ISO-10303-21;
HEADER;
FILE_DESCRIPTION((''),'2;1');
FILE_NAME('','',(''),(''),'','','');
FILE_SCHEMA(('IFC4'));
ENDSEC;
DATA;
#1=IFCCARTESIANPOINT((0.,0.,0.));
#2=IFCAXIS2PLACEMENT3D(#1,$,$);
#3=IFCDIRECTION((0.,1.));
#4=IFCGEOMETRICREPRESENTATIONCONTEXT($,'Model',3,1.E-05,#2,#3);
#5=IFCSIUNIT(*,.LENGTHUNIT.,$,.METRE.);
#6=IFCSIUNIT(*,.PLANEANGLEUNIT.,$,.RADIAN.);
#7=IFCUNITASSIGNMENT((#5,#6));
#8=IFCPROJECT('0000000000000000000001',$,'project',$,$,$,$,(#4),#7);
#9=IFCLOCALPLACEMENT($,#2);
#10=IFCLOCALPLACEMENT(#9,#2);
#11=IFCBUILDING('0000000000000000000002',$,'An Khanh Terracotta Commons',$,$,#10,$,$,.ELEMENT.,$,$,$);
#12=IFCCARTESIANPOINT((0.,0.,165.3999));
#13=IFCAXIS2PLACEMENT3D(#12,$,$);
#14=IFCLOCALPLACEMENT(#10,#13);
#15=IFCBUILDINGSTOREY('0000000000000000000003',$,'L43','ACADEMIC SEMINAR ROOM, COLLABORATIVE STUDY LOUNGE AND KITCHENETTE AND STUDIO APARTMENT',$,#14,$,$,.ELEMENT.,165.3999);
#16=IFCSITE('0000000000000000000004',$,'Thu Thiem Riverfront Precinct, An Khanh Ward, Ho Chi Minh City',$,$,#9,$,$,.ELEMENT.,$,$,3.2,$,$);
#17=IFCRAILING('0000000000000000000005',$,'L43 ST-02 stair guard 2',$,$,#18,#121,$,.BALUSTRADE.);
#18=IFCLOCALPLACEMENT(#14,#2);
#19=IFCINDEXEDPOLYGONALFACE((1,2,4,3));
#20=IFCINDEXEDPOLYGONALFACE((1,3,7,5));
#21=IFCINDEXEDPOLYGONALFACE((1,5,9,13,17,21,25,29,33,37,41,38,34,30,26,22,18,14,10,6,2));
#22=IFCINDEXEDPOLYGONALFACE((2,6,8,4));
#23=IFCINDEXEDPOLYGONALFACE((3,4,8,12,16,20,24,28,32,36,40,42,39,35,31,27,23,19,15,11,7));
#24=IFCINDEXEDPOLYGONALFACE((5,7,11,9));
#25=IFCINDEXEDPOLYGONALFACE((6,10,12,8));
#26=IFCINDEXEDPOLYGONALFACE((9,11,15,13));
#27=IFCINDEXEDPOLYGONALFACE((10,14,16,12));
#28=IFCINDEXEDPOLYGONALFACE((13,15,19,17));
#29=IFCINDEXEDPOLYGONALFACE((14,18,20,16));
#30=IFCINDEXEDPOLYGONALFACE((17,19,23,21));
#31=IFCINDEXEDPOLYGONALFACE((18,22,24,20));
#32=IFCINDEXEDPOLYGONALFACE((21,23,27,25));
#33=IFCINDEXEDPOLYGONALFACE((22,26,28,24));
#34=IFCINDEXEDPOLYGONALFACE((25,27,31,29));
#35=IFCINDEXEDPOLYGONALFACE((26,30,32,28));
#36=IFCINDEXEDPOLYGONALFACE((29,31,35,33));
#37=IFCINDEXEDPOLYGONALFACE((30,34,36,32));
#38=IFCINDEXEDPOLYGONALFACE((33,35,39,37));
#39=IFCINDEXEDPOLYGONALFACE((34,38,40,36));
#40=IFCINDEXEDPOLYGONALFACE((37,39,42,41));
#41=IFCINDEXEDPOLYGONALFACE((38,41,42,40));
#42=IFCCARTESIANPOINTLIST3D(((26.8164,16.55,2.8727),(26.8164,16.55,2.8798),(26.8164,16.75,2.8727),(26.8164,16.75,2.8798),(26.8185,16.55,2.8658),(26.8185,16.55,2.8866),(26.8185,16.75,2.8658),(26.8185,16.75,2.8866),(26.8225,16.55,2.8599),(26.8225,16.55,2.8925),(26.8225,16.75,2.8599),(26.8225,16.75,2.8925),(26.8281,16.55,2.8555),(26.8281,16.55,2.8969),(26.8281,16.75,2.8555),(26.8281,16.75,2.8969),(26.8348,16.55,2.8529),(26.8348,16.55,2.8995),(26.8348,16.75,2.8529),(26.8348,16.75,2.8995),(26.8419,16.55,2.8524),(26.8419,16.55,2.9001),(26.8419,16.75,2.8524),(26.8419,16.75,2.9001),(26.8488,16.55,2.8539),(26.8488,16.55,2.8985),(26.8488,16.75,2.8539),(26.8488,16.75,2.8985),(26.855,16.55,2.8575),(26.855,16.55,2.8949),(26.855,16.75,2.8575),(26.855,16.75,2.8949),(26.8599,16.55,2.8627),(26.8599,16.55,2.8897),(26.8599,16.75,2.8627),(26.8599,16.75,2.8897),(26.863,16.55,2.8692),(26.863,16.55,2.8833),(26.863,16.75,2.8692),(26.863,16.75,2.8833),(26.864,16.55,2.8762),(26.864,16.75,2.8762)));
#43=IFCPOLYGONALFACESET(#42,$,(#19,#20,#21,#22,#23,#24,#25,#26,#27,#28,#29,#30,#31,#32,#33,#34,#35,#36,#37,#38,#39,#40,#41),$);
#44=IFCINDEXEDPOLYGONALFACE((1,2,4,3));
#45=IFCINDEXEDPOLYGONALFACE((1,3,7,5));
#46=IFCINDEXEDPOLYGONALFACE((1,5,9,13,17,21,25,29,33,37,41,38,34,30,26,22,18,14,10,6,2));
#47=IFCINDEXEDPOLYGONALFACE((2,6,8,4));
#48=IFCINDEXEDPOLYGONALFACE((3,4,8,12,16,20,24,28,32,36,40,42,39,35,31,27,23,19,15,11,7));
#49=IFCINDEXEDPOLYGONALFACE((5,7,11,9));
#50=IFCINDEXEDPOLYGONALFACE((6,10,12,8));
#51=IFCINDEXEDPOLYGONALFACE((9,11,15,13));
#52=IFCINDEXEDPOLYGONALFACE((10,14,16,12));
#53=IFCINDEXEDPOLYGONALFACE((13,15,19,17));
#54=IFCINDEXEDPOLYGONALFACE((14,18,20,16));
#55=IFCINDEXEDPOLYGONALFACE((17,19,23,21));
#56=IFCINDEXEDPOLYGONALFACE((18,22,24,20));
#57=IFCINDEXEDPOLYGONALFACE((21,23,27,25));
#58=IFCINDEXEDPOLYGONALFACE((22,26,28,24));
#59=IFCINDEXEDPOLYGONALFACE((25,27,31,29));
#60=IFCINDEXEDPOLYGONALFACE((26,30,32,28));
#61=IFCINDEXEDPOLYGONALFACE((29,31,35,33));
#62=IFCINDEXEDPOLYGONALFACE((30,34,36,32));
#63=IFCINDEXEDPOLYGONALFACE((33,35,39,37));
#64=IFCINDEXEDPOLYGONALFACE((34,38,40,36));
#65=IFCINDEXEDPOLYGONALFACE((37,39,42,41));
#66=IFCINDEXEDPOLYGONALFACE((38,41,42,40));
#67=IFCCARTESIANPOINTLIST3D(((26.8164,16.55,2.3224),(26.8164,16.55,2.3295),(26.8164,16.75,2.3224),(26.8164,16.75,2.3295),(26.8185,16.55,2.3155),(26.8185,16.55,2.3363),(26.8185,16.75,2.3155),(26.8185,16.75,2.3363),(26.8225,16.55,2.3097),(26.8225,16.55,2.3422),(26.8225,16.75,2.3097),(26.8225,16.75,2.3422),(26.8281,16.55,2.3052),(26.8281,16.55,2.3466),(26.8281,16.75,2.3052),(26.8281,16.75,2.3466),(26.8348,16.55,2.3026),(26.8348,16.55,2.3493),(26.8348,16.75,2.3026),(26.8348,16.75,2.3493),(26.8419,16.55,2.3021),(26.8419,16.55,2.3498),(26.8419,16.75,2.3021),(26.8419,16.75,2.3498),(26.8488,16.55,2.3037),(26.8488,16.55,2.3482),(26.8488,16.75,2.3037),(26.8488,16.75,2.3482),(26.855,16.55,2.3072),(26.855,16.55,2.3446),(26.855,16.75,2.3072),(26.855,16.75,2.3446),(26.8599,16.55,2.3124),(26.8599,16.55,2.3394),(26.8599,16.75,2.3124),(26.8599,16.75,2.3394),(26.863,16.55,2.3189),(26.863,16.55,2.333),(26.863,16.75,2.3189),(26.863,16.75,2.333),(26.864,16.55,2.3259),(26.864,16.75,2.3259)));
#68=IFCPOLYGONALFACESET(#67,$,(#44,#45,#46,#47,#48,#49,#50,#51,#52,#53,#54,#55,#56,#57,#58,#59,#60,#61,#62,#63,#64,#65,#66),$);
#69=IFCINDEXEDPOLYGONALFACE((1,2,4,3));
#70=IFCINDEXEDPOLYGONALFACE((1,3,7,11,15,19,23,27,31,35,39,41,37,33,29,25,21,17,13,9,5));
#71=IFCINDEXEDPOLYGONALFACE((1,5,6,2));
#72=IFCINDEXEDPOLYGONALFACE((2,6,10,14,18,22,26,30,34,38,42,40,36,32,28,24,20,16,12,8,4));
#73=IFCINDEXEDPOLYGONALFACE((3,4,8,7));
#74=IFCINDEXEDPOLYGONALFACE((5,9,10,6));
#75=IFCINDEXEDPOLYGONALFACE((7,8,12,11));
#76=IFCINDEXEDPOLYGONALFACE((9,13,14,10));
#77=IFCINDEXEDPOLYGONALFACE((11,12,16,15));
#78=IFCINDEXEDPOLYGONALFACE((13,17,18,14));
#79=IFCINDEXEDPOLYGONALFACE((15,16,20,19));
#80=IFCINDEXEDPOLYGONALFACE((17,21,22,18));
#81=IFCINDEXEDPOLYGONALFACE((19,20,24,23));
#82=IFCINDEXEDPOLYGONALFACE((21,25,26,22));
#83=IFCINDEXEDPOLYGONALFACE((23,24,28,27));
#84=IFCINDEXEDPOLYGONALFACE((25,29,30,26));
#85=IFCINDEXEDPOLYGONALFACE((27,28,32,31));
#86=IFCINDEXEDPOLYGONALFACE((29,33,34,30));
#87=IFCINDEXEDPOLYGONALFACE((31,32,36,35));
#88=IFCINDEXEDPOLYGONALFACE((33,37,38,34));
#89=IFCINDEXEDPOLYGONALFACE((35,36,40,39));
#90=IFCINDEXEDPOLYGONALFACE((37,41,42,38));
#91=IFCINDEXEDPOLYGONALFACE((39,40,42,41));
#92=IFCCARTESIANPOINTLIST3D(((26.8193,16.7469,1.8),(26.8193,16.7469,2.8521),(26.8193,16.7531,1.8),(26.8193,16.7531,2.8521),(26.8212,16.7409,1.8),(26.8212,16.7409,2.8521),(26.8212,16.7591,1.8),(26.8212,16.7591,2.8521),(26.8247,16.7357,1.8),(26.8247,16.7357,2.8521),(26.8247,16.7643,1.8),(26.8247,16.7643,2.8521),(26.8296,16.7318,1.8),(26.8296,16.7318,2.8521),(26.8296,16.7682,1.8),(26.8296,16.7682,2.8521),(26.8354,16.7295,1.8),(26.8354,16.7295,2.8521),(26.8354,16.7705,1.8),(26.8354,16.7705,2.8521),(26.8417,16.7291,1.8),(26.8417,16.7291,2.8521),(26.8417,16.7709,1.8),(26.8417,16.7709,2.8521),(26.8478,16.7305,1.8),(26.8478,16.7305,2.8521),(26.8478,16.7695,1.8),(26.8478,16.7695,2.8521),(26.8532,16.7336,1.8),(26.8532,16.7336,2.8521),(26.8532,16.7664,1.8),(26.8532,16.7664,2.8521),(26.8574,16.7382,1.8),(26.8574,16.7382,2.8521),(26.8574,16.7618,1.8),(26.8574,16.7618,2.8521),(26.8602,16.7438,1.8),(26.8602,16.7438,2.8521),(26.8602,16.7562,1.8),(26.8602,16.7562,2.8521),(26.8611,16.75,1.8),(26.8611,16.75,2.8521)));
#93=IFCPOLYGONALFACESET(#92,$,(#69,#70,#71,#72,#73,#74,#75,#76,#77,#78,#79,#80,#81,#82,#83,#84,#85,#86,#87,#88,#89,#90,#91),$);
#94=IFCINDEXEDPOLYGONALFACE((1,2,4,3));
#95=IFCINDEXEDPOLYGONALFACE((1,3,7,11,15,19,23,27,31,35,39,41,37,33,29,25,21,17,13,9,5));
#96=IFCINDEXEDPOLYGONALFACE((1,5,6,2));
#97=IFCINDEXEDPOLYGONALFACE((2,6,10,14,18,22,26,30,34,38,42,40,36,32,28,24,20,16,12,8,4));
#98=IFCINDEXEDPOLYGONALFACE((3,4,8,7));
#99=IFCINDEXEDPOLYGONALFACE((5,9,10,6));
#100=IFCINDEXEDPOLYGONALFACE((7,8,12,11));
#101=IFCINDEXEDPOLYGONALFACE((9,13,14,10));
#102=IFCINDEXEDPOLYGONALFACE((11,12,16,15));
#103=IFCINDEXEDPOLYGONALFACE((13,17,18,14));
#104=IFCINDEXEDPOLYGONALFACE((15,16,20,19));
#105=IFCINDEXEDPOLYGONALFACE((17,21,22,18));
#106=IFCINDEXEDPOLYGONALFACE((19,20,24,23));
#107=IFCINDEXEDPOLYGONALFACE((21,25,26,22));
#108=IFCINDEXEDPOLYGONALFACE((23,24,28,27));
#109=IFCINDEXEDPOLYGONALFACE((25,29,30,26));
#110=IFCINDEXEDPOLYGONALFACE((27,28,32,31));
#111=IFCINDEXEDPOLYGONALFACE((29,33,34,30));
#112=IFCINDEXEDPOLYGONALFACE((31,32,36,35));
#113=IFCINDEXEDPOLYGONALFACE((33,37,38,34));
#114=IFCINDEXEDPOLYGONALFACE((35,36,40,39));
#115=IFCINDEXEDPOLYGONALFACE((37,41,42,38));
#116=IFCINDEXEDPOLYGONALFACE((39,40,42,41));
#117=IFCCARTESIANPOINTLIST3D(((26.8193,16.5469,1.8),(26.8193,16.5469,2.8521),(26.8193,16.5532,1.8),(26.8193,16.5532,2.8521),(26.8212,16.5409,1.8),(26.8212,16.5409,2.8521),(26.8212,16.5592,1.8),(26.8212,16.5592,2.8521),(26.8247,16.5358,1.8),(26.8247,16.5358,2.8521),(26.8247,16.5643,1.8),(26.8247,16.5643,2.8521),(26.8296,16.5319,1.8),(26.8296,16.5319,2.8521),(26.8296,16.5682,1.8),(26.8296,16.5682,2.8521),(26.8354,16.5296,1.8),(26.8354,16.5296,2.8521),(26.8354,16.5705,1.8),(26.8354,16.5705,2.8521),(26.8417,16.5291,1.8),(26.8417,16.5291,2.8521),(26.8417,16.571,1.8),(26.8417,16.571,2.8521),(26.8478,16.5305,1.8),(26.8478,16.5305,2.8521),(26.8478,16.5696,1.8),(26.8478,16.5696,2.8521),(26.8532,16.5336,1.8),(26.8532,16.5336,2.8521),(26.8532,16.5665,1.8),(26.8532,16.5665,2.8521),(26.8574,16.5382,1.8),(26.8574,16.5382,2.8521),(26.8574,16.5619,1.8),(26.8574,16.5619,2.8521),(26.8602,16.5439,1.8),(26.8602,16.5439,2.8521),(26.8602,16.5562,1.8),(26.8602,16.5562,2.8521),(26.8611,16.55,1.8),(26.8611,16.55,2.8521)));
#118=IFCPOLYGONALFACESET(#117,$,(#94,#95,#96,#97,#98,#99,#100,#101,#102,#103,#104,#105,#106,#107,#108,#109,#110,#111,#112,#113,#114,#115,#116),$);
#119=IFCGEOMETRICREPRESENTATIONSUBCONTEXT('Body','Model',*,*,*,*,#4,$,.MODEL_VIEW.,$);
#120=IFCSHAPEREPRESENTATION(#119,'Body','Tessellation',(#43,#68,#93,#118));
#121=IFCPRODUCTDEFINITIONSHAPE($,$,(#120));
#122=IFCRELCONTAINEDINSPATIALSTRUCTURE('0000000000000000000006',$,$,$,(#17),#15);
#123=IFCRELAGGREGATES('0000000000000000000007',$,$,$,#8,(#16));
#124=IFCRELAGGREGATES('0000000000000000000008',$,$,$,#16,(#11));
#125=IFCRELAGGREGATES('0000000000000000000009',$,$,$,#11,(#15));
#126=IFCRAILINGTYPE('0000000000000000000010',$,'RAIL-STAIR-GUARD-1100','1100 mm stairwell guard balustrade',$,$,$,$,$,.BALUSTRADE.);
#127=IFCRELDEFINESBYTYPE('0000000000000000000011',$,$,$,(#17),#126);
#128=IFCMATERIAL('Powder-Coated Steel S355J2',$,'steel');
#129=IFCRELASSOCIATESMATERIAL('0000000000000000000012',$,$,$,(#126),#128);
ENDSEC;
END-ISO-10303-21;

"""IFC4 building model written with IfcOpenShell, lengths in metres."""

from ifc_helpers import new_model, si_unit, direction, frame, origin, origin_2d, place, context, subcontext, project, spatial, circle, extrude, material, type_object, element, save


model = new_model("IFC4")

# Units and contexts
model_context = context("Model", 3, precision=1e-05, world=origin(), true_north=direction((0.0, 1.0)))
body_context = subcontext(model_context, "Body", "Model", "MODEL_VIEW")
ifc_project = project(units=[si_unit("LENGTHUNIT", "METRE"), si_unit("PLANEANGLEUNIT", "RADIAN")], contexts=[model_context])

# Site, building, storey
site_placement = place(None, origin())
site = spatial("IfcSite", under=ifc_project, at=site_placement, Name="Thu Thiem Riverfront Precinct, An Khanh Ward, Ho Chi Minh City", CompositionType="ELEMENT", RefElevation=3.2)
building_placement = place(site_placement, origin())
building = spatial("IfcBuilding", under=site, at=building_placement, Name="An Khanh Terracotta Commons", CompositionType="ELEMENT")
storey_placement = place(building_placement, frame((0.0, 0.0, 165.3999)))
storey = spatial("IfcBuildingStorey", under=building, at=storey_placement, Name="L43", Description="ACADEMIC SEMINAR ROOM, COLLABORATIVE STUDY LOUNGE AND KITCHENETTE AND STUDIO APARTMENT", CompositionType="ELEMENT", Elevation=165.3999)

# Railing
ifc_material_1 = material(Name="Powder-Coated Steel S355J2", Category="steel")
railing_type_1 = type_object("IfcRailingType", Name="RAIL-STAIR-GUARD-1100", Description="1100 mm stairwell guard balustrade", PredefinedType="BALUSTRADE", material=ifc_material_1)
railing_1_placement = place(storey_placement, frame((26.8401, 16.75, 1.8)))
element("IfcRailing", 1, at=railing_1_placement, inside=storey, type_object=railing_type_1, Name="L43 ST-02 stair guard 2", PredefinedType="BALUSTRADE", context=body_context, shape_type="SweptSolid", body=[
    extrude(circle(Radius=0.0239, at=origin_2d()), frame((0.0, 0.0, 1.0762), z_axis=(0.0, -1.0, 0.0), x_axis=(1.0, 0.0, 0.0)), (0.0, 0.0, 1.0), 0.2),
    extrude(circle(Radius=0.0239, at=origin_2d()), frame((0.0, 0.0, 0.5259), z_axis=(0.0, -1.0, 0.0), x_axis=(1.0, 0.0, 0.0)), (0.0, 0.0, 1.0), 0.2),
    extrude(circle(Radius=0.021, at=origin_2d()), origin(), (0.0, 0.0, 1.0), 1.052),
    extrude(circle(Radius=0.021, at=origin_2d()), frame((0.0, -0.2, 0.0)), (0.0, 0.0, 1.0), 1.052),
])

save(model, "model.ifc")
